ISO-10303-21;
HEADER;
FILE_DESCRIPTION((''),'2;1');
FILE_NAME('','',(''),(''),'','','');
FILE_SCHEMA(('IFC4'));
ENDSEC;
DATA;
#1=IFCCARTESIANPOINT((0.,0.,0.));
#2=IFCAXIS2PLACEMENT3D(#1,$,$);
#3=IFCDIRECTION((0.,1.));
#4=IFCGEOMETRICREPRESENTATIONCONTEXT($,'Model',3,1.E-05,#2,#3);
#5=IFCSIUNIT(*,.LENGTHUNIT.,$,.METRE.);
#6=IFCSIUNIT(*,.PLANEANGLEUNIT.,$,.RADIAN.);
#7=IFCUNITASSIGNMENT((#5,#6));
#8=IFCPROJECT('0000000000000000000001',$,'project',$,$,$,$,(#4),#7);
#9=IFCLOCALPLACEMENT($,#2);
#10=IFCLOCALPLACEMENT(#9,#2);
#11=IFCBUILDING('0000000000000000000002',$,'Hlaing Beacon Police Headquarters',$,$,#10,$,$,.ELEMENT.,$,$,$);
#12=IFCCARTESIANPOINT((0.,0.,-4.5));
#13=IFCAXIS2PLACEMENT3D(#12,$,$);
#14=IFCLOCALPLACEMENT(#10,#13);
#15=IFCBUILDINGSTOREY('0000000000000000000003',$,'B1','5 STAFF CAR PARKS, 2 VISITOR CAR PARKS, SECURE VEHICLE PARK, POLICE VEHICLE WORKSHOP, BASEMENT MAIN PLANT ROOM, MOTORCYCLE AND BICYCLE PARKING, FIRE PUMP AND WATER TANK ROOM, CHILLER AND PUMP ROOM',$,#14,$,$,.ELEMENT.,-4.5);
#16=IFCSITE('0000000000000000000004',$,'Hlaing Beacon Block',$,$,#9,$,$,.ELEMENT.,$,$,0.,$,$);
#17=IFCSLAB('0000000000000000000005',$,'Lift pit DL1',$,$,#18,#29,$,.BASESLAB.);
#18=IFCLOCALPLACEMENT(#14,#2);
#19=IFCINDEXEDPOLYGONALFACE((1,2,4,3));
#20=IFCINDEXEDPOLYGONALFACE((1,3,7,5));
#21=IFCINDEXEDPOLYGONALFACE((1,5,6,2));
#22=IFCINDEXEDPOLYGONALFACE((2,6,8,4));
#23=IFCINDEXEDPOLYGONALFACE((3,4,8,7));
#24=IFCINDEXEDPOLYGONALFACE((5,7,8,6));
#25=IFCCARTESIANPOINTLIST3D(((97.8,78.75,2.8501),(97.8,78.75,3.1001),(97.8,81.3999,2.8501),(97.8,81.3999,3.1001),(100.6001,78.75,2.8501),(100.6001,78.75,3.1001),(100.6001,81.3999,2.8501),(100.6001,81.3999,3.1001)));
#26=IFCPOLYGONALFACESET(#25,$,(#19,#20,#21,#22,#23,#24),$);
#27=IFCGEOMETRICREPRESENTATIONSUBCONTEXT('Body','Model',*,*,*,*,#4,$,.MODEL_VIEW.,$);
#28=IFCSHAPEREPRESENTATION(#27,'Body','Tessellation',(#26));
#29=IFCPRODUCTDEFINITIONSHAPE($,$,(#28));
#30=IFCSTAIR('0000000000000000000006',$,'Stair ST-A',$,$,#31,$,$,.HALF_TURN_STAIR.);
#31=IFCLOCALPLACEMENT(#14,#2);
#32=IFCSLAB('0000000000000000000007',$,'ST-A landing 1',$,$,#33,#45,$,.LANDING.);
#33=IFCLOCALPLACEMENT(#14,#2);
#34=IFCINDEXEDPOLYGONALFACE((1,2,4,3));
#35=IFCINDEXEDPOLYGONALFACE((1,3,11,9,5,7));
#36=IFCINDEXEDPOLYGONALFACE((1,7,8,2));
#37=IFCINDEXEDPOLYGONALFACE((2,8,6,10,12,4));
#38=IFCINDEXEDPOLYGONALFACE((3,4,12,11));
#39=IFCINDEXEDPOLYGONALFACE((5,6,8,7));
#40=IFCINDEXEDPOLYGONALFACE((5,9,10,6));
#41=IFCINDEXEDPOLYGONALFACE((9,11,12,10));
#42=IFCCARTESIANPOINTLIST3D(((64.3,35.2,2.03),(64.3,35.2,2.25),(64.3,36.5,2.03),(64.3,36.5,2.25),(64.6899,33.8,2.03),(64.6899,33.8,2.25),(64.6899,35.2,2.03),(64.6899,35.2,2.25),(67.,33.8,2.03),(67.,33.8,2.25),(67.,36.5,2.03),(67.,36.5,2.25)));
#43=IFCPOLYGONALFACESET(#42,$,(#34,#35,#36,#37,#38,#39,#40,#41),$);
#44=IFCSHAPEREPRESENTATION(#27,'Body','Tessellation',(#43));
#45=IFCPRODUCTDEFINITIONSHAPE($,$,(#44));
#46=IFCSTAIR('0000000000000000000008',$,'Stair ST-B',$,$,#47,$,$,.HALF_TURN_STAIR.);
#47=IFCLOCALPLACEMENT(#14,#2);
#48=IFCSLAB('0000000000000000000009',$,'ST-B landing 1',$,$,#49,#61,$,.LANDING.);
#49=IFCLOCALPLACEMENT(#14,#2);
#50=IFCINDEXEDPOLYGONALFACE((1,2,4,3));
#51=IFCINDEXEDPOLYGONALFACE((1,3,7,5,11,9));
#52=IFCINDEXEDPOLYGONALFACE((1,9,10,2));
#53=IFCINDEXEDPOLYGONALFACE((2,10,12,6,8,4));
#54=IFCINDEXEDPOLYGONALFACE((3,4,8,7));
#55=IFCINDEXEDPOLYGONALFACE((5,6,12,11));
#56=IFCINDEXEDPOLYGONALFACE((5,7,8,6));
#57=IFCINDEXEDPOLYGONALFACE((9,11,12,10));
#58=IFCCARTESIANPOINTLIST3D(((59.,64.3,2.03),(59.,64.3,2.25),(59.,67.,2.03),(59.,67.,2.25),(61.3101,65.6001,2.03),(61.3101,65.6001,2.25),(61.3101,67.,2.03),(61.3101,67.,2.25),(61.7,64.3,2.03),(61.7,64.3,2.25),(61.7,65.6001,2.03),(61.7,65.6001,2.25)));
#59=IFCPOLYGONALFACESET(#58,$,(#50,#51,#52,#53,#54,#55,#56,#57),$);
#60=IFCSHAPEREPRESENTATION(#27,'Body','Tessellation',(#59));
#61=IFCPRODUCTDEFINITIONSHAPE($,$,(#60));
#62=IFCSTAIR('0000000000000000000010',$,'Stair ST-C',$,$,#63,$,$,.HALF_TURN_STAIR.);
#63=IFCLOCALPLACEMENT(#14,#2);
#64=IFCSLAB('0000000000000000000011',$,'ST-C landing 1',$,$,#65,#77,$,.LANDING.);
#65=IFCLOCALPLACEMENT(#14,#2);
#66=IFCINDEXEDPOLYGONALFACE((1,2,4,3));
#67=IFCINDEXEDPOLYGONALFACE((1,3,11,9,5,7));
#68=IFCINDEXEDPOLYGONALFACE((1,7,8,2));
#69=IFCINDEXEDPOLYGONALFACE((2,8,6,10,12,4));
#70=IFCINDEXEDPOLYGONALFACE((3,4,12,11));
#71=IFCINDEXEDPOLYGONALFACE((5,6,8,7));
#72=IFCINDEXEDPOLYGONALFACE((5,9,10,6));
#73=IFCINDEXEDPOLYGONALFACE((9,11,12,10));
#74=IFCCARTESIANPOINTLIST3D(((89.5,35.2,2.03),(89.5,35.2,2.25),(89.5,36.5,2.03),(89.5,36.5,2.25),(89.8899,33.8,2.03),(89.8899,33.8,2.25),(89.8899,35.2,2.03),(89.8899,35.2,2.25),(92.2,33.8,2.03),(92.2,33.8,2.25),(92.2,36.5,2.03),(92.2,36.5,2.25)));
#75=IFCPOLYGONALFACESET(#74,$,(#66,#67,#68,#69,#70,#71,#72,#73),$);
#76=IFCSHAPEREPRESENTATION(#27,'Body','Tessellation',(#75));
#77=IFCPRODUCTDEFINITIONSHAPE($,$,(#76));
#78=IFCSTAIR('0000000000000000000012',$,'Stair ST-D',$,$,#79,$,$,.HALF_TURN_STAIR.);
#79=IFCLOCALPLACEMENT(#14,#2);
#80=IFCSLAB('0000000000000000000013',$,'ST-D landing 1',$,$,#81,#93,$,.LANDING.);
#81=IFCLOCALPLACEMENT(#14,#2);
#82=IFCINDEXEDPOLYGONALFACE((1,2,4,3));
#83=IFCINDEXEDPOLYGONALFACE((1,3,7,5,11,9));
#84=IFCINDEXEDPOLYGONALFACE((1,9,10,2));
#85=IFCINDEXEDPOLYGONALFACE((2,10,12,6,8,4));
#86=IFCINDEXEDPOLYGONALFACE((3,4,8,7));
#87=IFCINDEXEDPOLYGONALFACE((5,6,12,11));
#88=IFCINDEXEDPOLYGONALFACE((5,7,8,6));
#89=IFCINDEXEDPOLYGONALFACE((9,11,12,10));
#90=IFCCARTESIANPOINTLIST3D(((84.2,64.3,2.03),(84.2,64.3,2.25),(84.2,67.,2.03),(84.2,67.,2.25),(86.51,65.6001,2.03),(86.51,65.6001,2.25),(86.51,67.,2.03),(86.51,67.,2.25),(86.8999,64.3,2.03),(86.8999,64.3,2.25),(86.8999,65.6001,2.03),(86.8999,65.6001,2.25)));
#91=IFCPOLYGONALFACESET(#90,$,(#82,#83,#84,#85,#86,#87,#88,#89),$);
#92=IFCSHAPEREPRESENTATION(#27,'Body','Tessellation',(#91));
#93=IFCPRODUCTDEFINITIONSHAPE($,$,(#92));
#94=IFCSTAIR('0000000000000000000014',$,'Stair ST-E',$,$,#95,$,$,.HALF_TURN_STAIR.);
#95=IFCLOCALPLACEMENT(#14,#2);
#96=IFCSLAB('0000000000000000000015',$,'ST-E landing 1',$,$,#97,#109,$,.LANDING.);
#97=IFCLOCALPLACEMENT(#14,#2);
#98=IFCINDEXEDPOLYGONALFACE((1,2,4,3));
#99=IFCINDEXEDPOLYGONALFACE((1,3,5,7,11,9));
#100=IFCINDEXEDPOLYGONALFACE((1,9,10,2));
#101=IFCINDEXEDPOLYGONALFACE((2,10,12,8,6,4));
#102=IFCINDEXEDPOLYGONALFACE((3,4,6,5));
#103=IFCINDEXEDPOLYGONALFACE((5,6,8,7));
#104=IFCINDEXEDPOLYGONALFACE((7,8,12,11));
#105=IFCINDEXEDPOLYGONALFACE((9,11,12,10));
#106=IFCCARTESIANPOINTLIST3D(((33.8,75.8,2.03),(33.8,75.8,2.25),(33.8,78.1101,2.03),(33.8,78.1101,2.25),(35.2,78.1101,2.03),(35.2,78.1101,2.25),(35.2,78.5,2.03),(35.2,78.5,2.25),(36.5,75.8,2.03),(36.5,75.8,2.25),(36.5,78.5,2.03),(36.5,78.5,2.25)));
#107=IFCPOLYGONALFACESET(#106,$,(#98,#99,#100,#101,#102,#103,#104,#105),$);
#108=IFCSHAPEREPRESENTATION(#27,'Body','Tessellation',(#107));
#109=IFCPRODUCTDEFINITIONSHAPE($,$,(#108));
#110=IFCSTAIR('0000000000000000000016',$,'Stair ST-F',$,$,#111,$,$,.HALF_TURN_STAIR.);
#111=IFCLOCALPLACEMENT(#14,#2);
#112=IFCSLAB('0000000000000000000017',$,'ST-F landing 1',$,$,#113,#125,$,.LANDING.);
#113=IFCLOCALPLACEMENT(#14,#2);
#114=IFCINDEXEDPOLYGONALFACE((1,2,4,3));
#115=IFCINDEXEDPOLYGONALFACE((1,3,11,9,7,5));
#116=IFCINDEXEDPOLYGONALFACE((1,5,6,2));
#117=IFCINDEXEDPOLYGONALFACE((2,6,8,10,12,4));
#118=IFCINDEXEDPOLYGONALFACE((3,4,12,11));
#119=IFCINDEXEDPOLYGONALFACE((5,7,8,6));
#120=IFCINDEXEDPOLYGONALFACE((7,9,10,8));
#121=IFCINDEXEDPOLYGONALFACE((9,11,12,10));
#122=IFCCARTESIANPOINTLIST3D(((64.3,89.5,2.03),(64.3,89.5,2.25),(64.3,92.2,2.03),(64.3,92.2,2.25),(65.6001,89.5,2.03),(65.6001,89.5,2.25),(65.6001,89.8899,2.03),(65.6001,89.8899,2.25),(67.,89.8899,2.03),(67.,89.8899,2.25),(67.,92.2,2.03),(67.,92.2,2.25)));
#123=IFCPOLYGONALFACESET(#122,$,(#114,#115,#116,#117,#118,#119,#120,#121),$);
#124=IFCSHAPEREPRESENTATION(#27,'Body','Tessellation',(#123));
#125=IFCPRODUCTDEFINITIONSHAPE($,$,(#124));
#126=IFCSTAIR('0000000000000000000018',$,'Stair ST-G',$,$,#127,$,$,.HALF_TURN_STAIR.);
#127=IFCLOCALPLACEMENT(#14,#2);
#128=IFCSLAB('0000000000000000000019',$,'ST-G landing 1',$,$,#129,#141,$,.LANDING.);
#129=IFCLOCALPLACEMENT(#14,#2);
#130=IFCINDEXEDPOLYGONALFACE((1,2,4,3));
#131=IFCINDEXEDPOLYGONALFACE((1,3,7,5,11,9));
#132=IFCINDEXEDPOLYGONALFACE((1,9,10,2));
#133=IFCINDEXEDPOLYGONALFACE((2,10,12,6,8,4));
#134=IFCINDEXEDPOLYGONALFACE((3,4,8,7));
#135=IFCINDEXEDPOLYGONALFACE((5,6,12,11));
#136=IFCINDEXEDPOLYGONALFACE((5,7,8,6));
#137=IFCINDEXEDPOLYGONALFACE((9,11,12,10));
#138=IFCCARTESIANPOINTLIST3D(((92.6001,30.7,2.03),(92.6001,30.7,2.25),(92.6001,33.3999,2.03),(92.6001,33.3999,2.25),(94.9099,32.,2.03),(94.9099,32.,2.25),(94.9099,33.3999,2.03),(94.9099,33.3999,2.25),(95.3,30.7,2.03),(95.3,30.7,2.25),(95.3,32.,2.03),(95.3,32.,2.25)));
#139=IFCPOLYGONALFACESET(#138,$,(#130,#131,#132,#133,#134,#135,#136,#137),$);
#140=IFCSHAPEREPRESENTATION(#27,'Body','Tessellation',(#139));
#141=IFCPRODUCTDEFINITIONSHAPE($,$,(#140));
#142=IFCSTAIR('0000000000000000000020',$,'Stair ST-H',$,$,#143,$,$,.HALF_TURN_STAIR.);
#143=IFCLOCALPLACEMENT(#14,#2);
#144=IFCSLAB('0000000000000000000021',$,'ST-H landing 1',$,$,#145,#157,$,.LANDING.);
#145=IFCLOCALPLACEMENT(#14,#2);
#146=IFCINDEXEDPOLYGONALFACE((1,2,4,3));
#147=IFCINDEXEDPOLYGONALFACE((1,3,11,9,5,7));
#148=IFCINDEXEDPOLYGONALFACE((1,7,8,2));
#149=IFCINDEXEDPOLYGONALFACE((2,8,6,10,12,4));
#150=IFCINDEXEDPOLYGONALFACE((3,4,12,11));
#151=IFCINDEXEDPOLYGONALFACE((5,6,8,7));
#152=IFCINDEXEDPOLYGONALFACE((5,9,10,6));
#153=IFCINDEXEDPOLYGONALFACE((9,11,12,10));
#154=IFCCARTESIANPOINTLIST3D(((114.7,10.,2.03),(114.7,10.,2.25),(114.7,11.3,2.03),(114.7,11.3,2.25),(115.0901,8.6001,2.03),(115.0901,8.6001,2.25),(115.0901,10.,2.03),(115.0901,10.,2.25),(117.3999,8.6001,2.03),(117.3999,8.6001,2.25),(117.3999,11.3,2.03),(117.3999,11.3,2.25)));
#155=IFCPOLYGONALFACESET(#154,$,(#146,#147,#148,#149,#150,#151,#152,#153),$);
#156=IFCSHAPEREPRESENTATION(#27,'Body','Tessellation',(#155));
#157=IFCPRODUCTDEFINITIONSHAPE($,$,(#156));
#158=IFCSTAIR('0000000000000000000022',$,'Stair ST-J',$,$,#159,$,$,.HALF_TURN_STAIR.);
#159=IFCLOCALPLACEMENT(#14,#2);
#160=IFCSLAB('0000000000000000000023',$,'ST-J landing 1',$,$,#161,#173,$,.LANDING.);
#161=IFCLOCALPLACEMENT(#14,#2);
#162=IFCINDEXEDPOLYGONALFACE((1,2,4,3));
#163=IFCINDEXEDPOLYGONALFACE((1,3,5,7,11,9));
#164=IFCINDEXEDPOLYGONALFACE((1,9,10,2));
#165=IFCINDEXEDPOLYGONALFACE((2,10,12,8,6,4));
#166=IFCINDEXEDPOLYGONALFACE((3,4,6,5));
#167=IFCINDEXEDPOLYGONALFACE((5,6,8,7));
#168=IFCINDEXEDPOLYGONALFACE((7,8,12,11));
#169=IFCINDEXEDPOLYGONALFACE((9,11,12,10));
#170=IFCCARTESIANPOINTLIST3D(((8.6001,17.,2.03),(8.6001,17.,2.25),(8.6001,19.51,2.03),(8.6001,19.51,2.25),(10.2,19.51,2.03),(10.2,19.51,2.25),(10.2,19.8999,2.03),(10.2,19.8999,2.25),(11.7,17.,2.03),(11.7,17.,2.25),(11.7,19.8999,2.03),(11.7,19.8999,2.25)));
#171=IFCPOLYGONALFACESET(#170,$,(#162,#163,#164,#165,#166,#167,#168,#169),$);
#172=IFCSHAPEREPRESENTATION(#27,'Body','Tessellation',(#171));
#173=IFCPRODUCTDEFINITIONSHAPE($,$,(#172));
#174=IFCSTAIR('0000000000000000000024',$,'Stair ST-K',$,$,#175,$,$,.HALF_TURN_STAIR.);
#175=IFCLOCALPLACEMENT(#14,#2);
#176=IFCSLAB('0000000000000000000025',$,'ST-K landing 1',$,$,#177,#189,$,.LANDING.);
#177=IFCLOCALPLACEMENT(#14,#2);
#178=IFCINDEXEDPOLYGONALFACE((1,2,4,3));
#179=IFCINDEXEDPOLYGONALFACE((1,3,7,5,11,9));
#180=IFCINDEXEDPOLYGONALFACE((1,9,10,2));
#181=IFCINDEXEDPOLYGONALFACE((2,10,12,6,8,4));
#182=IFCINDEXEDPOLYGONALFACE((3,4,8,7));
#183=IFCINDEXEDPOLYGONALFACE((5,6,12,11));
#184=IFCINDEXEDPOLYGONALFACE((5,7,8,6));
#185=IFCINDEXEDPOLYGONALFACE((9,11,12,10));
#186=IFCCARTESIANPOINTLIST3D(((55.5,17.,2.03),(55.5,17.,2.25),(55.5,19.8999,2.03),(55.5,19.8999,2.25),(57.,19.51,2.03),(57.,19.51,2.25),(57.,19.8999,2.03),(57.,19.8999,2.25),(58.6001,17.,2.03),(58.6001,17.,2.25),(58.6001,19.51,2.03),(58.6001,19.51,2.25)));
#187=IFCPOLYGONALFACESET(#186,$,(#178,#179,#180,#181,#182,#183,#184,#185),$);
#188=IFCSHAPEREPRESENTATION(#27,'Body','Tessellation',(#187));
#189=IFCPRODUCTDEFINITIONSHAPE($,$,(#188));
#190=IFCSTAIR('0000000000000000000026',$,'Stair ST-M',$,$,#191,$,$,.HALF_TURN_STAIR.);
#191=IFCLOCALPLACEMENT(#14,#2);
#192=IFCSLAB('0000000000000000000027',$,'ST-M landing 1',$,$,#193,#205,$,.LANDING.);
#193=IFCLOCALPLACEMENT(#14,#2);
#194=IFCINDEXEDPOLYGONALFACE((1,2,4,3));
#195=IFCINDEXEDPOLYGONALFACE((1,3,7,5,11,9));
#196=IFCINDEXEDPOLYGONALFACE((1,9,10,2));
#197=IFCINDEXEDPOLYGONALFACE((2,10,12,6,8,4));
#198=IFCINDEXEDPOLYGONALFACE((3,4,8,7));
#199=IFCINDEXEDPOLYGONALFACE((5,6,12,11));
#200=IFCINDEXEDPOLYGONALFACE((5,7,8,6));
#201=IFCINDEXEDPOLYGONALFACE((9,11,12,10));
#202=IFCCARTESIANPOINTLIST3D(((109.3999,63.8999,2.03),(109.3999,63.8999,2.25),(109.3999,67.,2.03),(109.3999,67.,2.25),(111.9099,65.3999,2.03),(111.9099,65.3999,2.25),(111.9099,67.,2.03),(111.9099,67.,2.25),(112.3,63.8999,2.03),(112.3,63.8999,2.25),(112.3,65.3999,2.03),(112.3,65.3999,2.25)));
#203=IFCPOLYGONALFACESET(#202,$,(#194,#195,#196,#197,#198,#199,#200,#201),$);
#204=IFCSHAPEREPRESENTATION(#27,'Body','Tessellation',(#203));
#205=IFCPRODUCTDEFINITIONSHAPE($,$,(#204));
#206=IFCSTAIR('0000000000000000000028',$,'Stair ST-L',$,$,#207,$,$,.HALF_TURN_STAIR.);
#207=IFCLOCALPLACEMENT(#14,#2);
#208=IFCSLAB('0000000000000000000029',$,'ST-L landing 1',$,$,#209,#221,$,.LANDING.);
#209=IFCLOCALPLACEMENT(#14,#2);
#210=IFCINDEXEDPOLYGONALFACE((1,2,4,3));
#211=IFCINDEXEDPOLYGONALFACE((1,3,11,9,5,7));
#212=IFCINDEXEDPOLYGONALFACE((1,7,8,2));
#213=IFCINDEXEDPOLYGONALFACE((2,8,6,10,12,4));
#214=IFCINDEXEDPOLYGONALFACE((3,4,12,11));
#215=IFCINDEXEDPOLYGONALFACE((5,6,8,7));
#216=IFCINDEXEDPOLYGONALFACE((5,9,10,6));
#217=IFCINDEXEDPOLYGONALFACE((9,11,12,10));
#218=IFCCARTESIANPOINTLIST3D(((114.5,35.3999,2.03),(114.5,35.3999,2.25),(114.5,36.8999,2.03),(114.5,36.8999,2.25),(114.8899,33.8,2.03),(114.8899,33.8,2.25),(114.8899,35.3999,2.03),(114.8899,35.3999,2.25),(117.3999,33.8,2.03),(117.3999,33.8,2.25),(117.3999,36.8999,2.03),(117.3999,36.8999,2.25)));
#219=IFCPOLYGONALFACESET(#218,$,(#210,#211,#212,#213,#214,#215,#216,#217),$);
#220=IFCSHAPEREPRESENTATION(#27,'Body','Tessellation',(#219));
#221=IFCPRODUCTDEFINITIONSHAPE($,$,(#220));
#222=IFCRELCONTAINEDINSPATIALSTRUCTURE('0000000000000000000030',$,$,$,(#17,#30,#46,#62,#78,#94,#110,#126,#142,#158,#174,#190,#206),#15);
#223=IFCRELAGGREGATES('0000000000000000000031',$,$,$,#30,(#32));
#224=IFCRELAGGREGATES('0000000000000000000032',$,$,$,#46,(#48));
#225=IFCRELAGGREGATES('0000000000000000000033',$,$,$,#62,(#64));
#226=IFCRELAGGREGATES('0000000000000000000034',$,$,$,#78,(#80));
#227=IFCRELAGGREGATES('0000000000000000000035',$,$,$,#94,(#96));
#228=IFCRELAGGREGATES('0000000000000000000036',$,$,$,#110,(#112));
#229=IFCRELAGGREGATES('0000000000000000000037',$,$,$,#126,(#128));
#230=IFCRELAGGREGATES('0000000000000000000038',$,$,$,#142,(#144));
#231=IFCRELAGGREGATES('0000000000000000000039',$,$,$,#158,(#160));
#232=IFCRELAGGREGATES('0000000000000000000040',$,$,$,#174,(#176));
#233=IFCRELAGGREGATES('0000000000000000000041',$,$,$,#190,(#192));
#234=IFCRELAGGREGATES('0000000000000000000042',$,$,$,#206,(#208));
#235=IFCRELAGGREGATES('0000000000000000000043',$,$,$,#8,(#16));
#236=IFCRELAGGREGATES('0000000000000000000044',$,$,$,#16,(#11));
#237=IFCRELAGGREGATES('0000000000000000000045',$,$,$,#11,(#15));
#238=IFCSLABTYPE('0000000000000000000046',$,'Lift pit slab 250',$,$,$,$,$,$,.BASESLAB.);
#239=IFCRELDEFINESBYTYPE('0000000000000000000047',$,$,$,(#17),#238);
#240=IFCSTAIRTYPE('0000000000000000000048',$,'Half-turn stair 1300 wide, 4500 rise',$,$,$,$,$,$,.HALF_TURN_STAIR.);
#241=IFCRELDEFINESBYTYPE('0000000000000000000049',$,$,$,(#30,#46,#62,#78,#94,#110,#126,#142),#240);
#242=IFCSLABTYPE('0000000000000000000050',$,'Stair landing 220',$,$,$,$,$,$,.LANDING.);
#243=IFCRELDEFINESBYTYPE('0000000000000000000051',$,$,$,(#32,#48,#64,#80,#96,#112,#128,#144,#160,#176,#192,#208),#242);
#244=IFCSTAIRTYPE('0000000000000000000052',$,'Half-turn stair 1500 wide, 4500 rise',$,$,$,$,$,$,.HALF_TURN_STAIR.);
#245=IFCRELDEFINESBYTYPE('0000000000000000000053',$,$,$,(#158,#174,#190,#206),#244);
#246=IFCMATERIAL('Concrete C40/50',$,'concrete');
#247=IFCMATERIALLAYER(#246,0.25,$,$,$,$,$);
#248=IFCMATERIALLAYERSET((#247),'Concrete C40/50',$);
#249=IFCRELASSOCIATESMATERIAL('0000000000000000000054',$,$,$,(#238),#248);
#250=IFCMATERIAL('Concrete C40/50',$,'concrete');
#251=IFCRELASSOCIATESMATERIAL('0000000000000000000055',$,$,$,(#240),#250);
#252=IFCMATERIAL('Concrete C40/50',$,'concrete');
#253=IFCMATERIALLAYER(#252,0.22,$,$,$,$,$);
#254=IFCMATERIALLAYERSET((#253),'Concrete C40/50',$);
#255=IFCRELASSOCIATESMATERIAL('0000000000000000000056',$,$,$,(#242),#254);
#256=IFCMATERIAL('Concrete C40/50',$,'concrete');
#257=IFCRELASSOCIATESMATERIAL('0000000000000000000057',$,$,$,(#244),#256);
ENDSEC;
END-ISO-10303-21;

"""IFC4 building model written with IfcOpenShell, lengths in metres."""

from ifc_helpers import new_model, si_unit, direction, frame, origin, place, context, subcontext, project, spatial, polyline, outline, extrude, material, layer, layer_set, type_object, element, aggregate, save


model = new_model("IFC4")

# Units and contexts
model_context = context("Model", 3, precision=1e-05, world=origin(), true_north=direction((0.0, 1.0)))
body_context = subcontext(model_context, "Body", "Model", "MODEL_VIEW")
ifc_project = project(units=[si_unit("LENGTHUNIT", "METRE"), si_unit("PLANEANGLEUNIT", "RADIAN")], contexts=[model_context])

# Site, building, storey
site_placement = place(None, origin())
site = spatial("IfcSite", under=ifc_project, at=site_placement, Name="Hlaing Beacon Block", CompositionType="ELEMENT", RefElevation=0.0)
building_placement = place(site_placement, origin())
building = spatial("IfcBuilding", under=site, at=building_placement, Name="Hlaing Beacon Police Headquarters", CompositionType="ELEMENT")
storey_placement = place(building_placement, frame((0.0, 0.0, -4.5)))
storey = spatial("IfcBuildingStorey", under=building, at=storey_placement, Name="B1", Description="5 STAFF CAR PARKS, 2 VISITOR CAR PARKS, SECURE VEHICLE PARK, POLICE VEHICLE WORKSHOP, BASEMENT MAIN PLANT ROOM, MOTORCYCLE AND BICYCLE PARKING, FIRE PUMP AND WATER TANK ROOM, CHILLER AND PUMP ROOM", CompositionType="ELEMENT", Elevation=-4.5)

# Slab
ifc_material_1 = material(Name="Concrete C40/50", Category="concrete")
ifc_layer_1 = layer(ifc_material_1, 0.25)
ifc_layer_set_1 = layer_set([ifc_layer_1], Name="Concrete C40/50")
slab_type_1 = type_object("IfcSlabType", Name="Lift pit slab 250", PredefinedType="BASESLAB", material=ifc_layer_set_1)
slab_1_placement = place(storey_placement, frame((0.0, 0.0, 2.8501)))
element("IfcSlab", 1, at=slab_1_placement, inside=storey, type_object=slab_type_1, Name="Lift pit DL1", PredefinedType="BASESLAB", context=body_context, shape_type="SweptSolid", body=[
    extrude(outline(polyline([(97.8, 78.75), (100.6001, 78.75), (100.6001, 81.3999), (97.8, 81.3999), (97.8, 78.75)])), origin(), (0.0, 0.0, 1.0), 0.25),
])

# Stairs, slabs
ifc_material_2 = material(Name="Concrete C40/50", Category="concrete")
stair_type_1 = type_object("IfcStairType", Name="Half-turn stair 1300 wide, 4500 rise", PredefinedType="HALF_TURN_STAIR", material=ifc_material_2)
stair_1_placement = place(storey_placement, origin())
stair_1 = element("IfcStair", 2, at=stair_1_placement, inside=storey, type_object=stair_type_1, Name="Stair ST-A", PredefinedType="HALF_TURN_STAIR")
ifc_material_3 = material(Name="Concrete C40/50", Category="concrete")
ifc_layer_2 = layer(ifc_material_3, 0.22)
ifc_layer_set_2 = layer_set([ifc_layer_2], Name="Concrete C40/50")
slab_type_2 = type_object("IfcSlabType", Name="Stair landing 220", PredefinedType="LANDING", material=ifc_layer_set_2)
slab_2_placement = place(storey_placement, frame((0.0, 0.0, 2.03)))
slab_2 = element("IfcSlab", 3, at=slab_2_placement, type_object=slab_type_2, Name="ST-A landing 1", PredefinedType="LANDING", context=body_context, shape_type="SweptSolid", body=[
    extrude(outline(polyline([(64.6899, 33.8), (67.0, 33.8), (67.0, 36.5), (64.3, 36.5), (64.3, 35.2), (64.6899, 35.2), (64.6899, 33.8)])), origin(), (0.0, 0.0, 1.0), 0.22),
])
aggregate(stair_1, [slab_2])
stair_2_placement = place(storey_placement, origin())
stair_2 = element("IfcStair", 4, at=stair_2_placement, inside=storey, type_object=stair_type_1, Name="Stair ST-B", PredefinedType="HALF_TURN_STAIR")
slab_3_placement = place(storey_placement, frame((0.0, 0.0, 2.03)))
slab_3 = element("IfcSlab", 5, at=slab_3_placement, type_object=slab_type_2, Name="ST-B landing 1", PredefinedType="LANDING", context=body_context, shape_type="SweptSolid", body=[
    extrude(outline(polyline([(61.3101, 67.0), (59.0, 67.0), (59.0, 64.3), (61.7, 64.3), (61.7, 65.6001), (61.3101, 65.6001), (61.3101, 67.0)])), origin(), (0.0, 0.0, 1.0), 0.22),
])
aggregate(stair_2, [slab_3])
stair_3_placement = place(storey_placement, origin())
stair_3 = element("IfcStair", 6, at=stair_3_placement, inside=storey, type_object=stair_type_1, Name="Stair ST-C", PredefinedType="HALF_TURN_STAIR")
slab_4_placement = place(storey_placement, frame((0.0, 0.0, 2.03)))
slab_4 = element("IfcSlab", 7, at=slab_4_placement, type_object=slab_type_2, Name="ST-C landing 1", PredefinedType="LANDING", context=body_context, shape_type="SweptSolid", body=[
    extrude(outline(polyline([(89.8899, 33.8), (92.2, 33.8), (92.2, 36.5), (89.5, 36.5), (89.5, 35.2), (89.8899, 35.2), (89.8899, 33.8)])), origin(), (0.0, 0.0, 1.0), 0.22),
])
aggregate(stair_3, [slab_4])
stair_4_placement = place(storey_placement, origin())
stair_4 = element("IfcStair", 8, at=stair_4_placement, inside=storey, type_object=stair_type_1, Name="Stair ST-D", PredefinedType="HALF_TURN_STAIR")
slab_5_placement = place(storey_placement, frame((0.0, 0.0, 2.03)))
slab_5 = element("IfcSlab", 9, at=slab_5_placement, type_object=slab_type_2, Name="ST-D landing 1", PredefinedType="LANDING", context=body_context, shape_type="SweptSolid", body=[
    extrude(outline(polyline([(86.51, 67.0), (84.2, 67.0), (84.2, 64.3), (86.8999, 64.3), (86.8999, 65.6001), (86.51, 65.6001), (86.51, 67.0)])), origin(), (0.0, 0.0, 1.0), 0.22),
])
aggregate(stair_4, [slab_5])
stair_5_placement = place(storey_placement, origin())
stair_5 = element("IfcStair", 10, at=stair_5_placement, inside=storey, type_object=stair_type_1, Name="Stair ST-E", PredefinedType="HALF_TURN_STAIR")
slab_6_placement = place(storey_placement, frame((0.0, 0.0, 2.03)))
slab_6 = element("IfcSlab", 11, at=slab_6_placement, type_object=slab_type_2, Name="ST-E landing 1", PredefinedType="LANDING", context=body_context, shape_type="SweptSolid", body=[
    extrude(outline(polyline([(33.8, 78.1101), (33.8, 75.8), (36.5, 75.8), (36.5, 78.5), (35.2, 78.5), (35.2, 78.1101), (33.8, 78.1101)])), origin(), (0.0, 0.0, 1.0), 0.22),
])
aggregate(stair_5, [slab_6])
stair_6_placement = place(storey_placement, origin())
stair_6 = element("IfcStair", 12, at=stair_6_placement, inside=storey, type_object=stair_type_1, Name="Stair ST-F", PredefinedType="HALF_TURN_STAIR")
slab_7_placement = place(storey_placement, frame((0.0, 0.0, 2.03)))
slab_7 = element("IfcSlab", 13, at=slab_7_placement, type_object=slab_type_2, Name="ST-F landing 1", PredefinedType="LANDING", context=body_context, shape_type="SweptSolid", body=[
    extrude(outline(polyline([(67.0, 89.8899), (67.0, 92.2), (64.3, 92.2), (64.3, 89.5), (65.6001, 89.5), (65.6001, 89.8899), (67.0, 89.8899)])), origin(), (0.0, 0.0, 1.0), 0.22),
])
aggregate(stair_6, [slab_7])
stair_7_placement = place(storey_placement, origin())
stair_7 = element("IfcStair", 14, at=stair_7_placement, inside=storey, type_object=stair_type_1, Name="Stair ST-G", PredefinedType="HALF_TURN_STAIR")
slab_8_placement = place(storey_placement, frame((0.0, 0.0, 2.03)))
slab_8 = element("IfcSlab", 15, at=slab_8_placement, type_object=slab_type_2, Name="ST-G landing 1", PredefinedType="LANDING", context=body_context, shape_type="SweptSolid", body=[
    extrude(outline(polyline([(94.9099, 33.3999), (92.6001, 33.3999), (92.6001, 30.7), (95.3, 30.7), (95.3, 32.0), (94.9099, 32.0), (94.9099, 33.3999)])), origin(), (0.0, 0.0, 1.0), 0.22),
])
aggregate(stair_7, [slab_8])
stair_8_placement = place(storey_placement, origin())
stair_8 = element("IfcStair", 16, at=stair_8_placement, inside=storey, type_object=stair_type_1, Name="Stair ST-H", PredefinedType="HALF_TURN_STAIR")
slab_9_placement = place(storey_placement, frame((0.0, 0.0, 2.03)))
slab_9 = element("IfcSlab", 17, at=slab_9_placement, type_object=slab_type_2, Name="ST-H landing 1", PredefinedType="LANDING", context=body_context, shape_type="SweptSolid", body=[
    extrude(outline(polyline([(115.0901, 8.6001), (117.3999, 8.6001), (117.3999, 11.3), (114.7, 11.3), (114.7, 10.0), (115.0901, 10.0), (115.0901, 8.6001)])), origin(), (0.0, 0.0, 1.0), 0.22),
])
aggregate(stair_8, [slab_9])
ifc_material_4 = material(Name="Concrete C40/50", Category="concrete")
stair_type_2 = type_object("IfcStairType", Name="Half-turn stair 1500 wide, 4500 rise", PredefinedType="HALF_TURN_STAIR", material=ifc_material_4)
stair_9_placement = place(storey_placement, origin())
stair_9 = element("IfcStair", 18, at=stair_9_placement, inside=storey, type_object=stair_type_2, Name="Stair ST-J", PredefinedType="HALF_TURN_STAIR")
slab_10_placement = place(storey_placement, frame((0.0, 0.0, 2.03)))
slab_10 = element("IfcSlab", 19, at=slab_10_placement, type_object=slab_type_2, Name="ST-J landing 1", PredefinedType="LANDING", context=body_context, shape_type="SweptSolid", body=[
    extrude(outline(polyline([(8.6001, 19.51), (8.6001, 17.0), (11.7, 17.0), (11.7, 19.8999), (10.2, 19.8999), (10.2, 19.51), (8.6001, 19.51)])), origin(), (0.0, 0.0, 1.0), 0.22),
])
aggregate(stair_9, [slab_10])
stair_10_placement = place(storey_placement, origin())
stair_10 = element("IfcStair", 20, at=stair_10_placement, inside=storey, type_object=stair_type_2, Name="Stair ST-K", PredefinedType="HALF_TURN_STAIR")
slab_11_placement = place(storey_placement, frame((0.0, 0.0, 2.03)))
slab_11 = element("IfcSlab", 21, at=slab_11_placement, type_object=slab_type_2, Name="ST-K landing 1", PredefinedType="LANDING", context=body_context, shape_type="SweptSolid", body=[
    extrude(outline(polyline([(58.6001, 19.51), (58.6001, 17.0), (55.5, 17.0), (55.5, 19.8999), (57.0, 19.8999), (57.0, 19.51), (58.6001, 19.51)])), origin(), (0.0, 0.0, 1.0), 0.22),
])
aggregate(stair_10, [slab_11])
stair_11_placement = place(storey_placement, origin())
stair_11 = element("IfcStair", 22, at=stair_11_placement, inside=storey, type_object=stair_type_2, Name="Stair ST-M", PredefinedType="HALF_TURN_STAIR")
slab_12_placement = place(storey_placement, frame((0.0, 0.0, 2.03)))
slab_12 = element("IfcSlab", 23, at=slab_12_placement, type_object=slab_type_2, Name="ST-M landing 1", PredefinedType="LANDING", context=body_context, shape_type="SweptSolid", body=[
    extrude(outline(polyline([(111.9099, 67.0), (109.3999, 67.0), (109.3999, 63.8999), (112.3, 63.8999), (112.3, 65.3999), (111.9099, 65.3999), (111.9099, 67.0)])), origin(), (0.0, 0.0, 1.0), 0.22),
])
aggregate(stair_11, [slab_12])
stair_12_placement = place(storey_placement, origin())
stair_12 = element("IfcStair", 24, at=stair_12_placement, inside=storey, type_object=stair_type_2, Name="Stair ST-L", PredefinedType="HALF_TURN_STAIR")
slab_13_placement = place(storey_placement, frame((0.0, 0.0, 2.03)))
slab_13 = element("IfcSlab", 25, at=slab_13_placement, type_object=slab_type_2, Name="ST-L landing 1", PredefinedType="LANDING", context=body_context, shape_type="SweptSolid", body=[
    extrude(outline(polyline([(114.8899, 33.8), (117.3999, 33.8), (117.3999, 36.8999), (114.5, 36.8999), (114.5, 35.3999), (114.8899, 35.3999), (114.8899, 33.8)])), origin(), (0.0, 0.0, 1.0), 0.22),
])
aggregate(stair_12, [slab_13])

save(model, "model.ifc")
